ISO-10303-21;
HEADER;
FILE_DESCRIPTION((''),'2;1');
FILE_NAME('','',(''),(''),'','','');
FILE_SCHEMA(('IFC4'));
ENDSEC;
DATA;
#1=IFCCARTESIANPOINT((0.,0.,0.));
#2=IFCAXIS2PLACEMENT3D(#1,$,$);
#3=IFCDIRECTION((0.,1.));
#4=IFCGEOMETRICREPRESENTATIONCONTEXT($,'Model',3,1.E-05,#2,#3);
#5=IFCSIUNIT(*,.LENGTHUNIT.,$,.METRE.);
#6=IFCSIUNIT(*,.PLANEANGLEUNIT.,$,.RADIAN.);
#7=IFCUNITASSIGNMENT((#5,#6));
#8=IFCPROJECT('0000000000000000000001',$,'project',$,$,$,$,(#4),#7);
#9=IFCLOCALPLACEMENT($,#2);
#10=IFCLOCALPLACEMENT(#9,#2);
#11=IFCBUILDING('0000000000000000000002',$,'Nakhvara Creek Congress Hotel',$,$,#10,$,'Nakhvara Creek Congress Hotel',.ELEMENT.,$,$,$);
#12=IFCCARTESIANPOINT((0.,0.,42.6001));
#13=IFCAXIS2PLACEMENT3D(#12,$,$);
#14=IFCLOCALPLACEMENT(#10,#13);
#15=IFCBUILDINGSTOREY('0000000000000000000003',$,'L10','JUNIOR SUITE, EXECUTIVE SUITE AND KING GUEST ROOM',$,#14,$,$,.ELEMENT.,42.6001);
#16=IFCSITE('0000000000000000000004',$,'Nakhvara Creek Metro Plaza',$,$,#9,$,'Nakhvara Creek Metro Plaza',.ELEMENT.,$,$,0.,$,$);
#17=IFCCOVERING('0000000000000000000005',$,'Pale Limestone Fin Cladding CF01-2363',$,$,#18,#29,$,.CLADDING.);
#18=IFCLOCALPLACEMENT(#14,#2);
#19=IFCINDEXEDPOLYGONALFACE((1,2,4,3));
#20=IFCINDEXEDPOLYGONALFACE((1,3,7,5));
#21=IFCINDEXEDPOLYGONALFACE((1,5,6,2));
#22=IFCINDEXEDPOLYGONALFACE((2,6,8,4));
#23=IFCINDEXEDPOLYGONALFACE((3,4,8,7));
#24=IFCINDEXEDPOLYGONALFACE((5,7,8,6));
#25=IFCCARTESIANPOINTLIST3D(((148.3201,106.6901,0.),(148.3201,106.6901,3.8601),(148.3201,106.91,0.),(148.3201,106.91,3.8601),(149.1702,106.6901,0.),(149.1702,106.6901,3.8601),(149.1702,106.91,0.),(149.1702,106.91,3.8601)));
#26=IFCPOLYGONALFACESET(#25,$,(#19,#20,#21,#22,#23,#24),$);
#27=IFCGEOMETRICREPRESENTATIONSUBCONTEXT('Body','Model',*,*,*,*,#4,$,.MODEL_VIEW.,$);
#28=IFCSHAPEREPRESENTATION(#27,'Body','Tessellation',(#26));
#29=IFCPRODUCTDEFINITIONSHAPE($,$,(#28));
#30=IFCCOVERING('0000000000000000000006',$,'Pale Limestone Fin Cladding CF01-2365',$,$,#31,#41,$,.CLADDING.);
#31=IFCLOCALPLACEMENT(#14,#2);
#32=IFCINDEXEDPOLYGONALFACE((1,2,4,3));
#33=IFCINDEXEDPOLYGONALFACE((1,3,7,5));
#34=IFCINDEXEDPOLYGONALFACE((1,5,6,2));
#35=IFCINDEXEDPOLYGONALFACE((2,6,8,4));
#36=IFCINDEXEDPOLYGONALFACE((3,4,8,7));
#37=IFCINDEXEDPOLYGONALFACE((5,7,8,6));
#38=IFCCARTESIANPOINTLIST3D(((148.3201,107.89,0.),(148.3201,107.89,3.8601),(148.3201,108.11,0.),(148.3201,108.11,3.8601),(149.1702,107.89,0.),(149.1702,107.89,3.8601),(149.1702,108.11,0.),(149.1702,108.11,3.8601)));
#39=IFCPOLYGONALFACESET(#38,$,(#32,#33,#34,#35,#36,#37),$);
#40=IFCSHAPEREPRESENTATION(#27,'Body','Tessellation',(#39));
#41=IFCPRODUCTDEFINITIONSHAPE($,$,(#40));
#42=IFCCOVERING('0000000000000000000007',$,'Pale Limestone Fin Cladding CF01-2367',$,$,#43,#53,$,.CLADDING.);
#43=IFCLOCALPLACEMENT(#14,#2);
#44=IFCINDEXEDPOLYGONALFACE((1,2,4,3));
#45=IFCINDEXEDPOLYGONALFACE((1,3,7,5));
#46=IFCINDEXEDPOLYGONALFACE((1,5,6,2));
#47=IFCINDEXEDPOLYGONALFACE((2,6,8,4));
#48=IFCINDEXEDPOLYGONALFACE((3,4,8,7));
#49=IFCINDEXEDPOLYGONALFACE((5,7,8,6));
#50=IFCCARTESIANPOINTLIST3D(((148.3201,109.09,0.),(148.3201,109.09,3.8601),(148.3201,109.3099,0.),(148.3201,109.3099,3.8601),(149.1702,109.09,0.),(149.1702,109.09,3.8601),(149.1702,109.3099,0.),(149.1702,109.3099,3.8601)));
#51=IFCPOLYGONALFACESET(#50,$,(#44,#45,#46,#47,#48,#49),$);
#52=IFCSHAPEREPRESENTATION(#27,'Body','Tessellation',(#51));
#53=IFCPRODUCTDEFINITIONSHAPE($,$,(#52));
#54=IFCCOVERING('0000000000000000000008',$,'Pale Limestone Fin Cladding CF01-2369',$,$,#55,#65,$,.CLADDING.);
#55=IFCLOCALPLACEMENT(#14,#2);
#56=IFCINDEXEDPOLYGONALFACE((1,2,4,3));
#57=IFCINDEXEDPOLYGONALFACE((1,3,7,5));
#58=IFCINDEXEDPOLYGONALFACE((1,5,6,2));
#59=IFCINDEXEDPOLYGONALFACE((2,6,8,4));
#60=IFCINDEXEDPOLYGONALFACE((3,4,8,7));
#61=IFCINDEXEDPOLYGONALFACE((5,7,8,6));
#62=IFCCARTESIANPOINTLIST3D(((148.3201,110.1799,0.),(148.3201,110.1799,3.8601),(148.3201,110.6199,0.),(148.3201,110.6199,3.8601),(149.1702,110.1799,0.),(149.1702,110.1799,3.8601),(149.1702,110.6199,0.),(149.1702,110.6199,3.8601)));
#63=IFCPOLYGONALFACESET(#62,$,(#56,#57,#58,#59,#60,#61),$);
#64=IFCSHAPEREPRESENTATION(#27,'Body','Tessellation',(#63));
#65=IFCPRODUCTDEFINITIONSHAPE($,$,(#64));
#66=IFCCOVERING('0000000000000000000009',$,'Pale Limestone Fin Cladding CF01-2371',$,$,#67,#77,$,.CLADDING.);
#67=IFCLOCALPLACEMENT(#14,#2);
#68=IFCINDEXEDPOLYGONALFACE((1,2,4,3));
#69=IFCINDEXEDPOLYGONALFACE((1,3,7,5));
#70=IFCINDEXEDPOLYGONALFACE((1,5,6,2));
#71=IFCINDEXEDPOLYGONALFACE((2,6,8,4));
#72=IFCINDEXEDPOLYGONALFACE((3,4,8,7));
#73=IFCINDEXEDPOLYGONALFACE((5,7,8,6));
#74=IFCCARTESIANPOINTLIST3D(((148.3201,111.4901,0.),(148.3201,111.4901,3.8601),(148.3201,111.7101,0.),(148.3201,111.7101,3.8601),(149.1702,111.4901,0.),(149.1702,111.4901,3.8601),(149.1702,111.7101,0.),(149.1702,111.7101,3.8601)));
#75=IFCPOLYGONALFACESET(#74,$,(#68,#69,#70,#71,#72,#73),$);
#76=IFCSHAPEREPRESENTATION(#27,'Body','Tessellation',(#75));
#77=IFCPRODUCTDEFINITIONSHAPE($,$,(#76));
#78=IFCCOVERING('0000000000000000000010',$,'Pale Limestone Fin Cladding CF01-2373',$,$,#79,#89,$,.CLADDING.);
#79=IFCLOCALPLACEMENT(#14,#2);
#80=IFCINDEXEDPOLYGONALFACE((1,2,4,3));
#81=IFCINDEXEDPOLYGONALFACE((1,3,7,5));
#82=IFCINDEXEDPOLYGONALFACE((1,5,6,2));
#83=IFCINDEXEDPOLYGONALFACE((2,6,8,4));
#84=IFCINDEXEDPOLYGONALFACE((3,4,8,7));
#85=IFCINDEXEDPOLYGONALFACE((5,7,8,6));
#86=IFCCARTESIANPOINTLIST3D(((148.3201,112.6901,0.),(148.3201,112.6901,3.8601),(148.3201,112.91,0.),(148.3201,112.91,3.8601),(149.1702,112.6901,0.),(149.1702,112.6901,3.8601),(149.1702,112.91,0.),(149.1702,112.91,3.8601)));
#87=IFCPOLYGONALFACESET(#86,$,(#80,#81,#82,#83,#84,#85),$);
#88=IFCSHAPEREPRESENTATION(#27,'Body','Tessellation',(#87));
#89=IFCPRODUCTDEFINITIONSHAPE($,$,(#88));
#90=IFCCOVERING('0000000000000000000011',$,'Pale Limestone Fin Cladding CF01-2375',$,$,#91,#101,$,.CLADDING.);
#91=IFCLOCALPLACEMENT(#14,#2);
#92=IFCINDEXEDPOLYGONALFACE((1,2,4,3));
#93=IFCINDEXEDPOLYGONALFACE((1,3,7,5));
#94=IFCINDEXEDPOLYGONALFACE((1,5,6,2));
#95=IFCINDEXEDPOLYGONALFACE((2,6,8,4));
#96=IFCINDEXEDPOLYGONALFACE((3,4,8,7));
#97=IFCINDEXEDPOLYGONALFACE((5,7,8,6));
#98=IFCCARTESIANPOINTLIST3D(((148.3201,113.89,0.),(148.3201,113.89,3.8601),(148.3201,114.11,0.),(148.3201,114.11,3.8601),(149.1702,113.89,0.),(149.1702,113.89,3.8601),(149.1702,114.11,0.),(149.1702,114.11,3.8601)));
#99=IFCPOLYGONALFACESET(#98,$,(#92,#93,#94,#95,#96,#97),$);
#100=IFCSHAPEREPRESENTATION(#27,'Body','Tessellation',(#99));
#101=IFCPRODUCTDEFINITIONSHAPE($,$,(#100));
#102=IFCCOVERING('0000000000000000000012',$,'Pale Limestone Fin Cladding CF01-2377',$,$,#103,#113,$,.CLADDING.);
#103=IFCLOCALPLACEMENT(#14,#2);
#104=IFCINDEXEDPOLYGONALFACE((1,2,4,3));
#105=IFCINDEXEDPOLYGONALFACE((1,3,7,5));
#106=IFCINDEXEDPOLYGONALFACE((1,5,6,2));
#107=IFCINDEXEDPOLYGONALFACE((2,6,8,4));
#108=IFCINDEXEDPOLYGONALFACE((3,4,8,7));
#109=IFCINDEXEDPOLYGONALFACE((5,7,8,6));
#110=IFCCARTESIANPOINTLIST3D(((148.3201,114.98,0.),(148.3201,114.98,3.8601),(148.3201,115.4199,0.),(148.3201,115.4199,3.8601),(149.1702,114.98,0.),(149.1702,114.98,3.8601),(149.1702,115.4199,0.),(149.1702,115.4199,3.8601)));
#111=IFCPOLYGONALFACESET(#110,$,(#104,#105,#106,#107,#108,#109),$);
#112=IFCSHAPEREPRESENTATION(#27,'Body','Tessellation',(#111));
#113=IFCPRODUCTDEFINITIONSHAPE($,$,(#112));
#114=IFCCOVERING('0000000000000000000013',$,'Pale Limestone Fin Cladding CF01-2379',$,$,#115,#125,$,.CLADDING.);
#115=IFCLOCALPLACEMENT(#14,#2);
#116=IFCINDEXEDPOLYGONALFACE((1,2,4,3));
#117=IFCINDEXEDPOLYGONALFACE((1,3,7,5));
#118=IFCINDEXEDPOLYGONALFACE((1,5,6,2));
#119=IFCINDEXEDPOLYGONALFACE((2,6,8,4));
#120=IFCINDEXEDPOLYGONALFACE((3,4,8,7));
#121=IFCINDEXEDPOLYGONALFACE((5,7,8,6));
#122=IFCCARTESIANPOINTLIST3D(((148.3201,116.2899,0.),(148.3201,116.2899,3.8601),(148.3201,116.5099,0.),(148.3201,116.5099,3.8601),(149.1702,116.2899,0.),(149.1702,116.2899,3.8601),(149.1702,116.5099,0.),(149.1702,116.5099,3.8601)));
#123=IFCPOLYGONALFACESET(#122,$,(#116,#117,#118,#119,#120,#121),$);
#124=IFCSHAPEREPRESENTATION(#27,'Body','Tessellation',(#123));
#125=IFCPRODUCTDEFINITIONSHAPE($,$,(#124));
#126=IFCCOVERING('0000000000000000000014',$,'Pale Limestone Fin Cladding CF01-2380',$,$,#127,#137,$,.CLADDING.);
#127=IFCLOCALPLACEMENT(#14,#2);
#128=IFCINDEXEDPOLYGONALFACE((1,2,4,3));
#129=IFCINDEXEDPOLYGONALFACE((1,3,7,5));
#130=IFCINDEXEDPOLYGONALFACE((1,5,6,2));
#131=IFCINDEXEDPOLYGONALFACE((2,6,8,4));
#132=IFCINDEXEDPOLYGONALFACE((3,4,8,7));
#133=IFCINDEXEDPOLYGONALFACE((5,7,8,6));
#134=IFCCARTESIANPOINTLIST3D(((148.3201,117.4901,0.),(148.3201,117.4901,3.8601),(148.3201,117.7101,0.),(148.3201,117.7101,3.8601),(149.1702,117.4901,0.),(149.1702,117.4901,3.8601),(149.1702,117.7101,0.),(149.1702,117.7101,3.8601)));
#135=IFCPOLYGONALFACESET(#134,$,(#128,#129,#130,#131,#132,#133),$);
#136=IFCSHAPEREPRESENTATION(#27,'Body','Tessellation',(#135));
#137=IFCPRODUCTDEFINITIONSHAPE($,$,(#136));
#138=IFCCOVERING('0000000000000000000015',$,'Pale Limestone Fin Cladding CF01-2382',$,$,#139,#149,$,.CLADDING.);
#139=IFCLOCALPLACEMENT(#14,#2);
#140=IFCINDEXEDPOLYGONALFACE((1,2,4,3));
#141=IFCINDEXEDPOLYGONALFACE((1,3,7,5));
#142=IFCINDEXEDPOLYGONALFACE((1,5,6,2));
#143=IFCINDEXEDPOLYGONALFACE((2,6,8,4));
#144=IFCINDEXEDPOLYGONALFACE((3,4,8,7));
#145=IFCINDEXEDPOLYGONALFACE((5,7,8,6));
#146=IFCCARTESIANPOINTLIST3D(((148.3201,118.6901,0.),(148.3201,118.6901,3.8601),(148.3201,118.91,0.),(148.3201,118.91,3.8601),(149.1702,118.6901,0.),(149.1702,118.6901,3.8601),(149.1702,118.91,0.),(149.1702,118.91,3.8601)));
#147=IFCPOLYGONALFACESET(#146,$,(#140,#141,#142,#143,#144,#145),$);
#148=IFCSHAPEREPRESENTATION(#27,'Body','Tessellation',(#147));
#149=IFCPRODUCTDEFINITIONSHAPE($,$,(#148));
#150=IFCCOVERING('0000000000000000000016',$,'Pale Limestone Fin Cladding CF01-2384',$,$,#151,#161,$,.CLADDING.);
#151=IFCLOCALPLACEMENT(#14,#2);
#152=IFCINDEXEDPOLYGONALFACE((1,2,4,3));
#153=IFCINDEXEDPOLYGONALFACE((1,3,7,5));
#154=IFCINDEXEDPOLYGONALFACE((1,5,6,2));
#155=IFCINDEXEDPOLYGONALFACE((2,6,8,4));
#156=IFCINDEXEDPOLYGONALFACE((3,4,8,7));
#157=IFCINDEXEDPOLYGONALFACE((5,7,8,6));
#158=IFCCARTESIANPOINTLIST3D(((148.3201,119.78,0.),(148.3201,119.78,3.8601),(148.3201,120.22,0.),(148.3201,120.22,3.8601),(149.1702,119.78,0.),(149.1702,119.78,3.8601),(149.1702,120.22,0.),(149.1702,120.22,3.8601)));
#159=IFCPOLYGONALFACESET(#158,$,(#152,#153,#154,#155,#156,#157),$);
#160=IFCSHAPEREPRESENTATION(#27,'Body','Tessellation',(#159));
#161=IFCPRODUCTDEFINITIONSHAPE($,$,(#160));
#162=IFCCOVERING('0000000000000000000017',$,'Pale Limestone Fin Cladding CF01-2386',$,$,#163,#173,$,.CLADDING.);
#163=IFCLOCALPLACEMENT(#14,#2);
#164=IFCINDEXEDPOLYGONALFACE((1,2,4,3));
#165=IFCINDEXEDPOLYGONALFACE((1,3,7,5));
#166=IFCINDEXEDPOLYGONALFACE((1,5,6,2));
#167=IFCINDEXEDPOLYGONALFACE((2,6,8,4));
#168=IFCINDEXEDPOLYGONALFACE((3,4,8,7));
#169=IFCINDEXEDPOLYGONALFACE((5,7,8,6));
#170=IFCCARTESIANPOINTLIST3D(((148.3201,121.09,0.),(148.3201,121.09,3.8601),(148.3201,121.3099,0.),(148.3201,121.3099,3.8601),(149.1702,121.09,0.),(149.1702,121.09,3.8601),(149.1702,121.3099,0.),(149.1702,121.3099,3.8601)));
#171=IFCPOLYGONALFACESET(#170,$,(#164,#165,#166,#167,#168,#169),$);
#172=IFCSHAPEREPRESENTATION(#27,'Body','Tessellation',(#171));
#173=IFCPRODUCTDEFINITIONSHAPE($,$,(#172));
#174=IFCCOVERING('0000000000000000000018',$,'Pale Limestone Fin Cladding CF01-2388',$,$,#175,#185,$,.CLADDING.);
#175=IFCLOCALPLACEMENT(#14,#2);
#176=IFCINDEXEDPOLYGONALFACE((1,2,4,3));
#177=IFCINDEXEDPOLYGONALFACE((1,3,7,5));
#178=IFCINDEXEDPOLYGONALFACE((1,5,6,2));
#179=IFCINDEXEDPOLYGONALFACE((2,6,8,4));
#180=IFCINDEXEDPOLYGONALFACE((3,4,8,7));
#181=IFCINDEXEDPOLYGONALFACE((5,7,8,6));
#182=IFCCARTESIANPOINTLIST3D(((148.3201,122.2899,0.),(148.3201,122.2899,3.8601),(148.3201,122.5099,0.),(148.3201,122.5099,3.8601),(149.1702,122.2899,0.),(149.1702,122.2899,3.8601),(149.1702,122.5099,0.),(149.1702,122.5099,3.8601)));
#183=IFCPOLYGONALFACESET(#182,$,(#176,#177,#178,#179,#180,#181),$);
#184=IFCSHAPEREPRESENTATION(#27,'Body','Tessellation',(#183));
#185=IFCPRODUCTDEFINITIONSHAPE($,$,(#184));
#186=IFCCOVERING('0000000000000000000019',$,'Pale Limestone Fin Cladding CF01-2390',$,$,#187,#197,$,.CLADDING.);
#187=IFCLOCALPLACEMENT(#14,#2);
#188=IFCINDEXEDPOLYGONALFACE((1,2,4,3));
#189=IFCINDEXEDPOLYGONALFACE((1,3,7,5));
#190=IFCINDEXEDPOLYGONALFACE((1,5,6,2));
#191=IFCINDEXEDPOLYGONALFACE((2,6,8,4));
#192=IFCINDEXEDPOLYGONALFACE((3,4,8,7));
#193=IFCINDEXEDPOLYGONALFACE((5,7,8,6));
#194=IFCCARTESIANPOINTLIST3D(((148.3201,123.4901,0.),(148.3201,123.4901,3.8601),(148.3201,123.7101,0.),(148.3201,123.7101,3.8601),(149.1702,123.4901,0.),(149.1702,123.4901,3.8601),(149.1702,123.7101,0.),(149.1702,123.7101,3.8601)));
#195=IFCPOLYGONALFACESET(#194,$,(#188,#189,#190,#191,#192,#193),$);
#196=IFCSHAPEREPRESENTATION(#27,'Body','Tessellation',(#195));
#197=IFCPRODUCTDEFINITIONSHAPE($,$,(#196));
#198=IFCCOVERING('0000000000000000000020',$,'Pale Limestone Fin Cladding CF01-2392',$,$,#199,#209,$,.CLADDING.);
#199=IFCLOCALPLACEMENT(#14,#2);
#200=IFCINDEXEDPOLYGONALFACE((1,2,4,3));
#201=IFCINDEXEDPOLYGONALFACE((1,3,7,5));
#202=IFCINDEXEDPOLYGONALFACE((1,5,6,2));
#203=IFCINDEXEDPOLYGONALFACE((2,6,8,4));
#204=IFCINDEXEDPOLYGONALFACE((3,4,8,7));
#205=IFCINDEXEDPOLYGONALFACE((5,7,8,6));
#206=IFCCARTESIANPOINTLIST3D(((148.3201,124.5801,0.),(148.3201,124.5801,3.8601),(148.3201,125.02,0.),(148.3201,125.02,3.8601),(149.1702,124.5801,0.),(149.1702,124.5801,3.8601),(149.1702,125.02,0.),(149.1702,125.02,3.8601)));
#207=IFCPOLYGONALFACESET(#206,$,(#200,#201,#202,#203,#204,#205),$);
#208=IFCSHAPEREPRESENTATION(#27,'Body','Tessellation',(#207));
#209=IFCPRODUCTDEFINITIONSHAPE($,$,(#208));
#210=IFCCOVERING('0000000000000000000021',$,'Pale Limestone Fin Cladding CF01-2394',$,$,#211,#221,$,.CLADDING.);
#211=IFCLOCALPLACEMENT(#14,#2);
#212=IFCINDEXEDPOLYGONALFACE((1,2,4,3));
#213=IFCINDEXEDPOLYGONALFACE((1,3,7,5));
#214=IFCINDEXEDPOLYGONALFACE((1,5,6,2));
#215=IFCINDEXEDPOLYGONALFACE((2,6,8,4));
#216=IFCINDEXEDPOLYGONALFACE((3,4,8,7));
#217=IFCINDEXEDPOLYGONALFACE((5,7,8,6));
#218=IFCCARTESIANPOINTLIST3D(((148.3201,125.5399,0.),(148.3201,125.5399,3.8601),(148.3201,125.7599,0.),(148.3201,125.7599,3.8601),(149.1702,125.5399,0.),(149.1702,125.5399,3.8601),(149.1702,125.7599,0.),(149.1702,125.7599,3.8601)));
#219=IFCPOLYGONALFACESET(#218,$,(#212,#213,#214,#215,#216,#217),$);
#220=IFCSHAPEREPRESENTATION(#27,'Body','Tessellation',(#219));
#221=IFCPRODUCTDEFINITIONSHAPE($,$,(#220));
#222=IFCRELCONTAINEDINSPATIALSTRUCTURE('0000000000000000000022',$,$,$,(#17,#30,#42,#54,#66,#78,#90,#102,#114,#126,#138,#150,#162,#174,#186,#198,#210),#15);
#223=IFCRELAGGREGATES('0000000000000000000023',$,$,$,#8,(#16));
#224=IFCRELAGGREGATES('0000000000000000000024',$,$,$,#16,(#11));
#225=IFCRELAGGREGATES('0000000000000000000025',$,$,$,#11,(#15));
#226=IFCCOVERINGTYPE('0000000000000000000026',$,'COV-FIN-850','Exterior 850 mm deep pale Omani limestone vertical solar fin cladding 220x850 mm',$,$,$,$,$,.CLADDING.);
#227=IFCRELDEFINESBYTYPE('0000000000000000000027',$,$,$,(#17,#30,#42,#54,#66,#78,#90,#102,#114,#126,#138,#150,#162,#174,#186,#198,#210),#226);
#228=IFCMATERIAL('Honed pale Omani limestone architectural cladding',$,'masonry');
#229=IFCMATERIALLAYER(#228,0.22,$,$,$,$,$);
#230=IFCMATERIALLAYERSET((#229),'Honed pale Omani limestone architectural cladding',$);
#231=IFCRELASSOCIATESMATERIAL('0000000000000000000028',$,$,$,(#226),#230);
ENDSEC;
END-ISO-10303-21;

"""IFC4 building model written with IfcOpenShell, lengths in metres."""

from ifc_helpers import new_model, si_unit, direction, frame, origin, origin_2d, place, context, subcontext, project, spatial, rectangle, extrude, material, layer, layer_set, type_object, element, save


model = new_model("IFC4")

# Units and contexts
model_context = context("Model", 3, precision=1e-05, world=origin(), true_north=direction((0.0, 1.0)))
body_context = subcontext(model_context, "Body", "Model", "MODEL_VIEW")
ifc_project = project(units=[si_unit("LENGTHUNIT", "METRE"), si_unit("PLANEANGLEUNIT", "RADIAN")], contexts=[model_context])

# Site, building, storey
site_placement = place(None, origin())
site = spatial("IfcSite", under=ifc_project, at=site_placement, Name="Nakhvara Creek Metro Plaza", LongName="Nakhvara Creek Metro Plaza", CompositionType="ELEMENT", RefElevation=0.0)
building_placement = place(site_placement, origin())
building = spatial("IfcBuilding", under=site, at=building_placement, Name="Nakhvara Creek Congress Hotel", LongName="Nakhvara Creek Congress Hotel", CompositionType="ELEMENT")
storey_placement = place(building_placement, frame((0.0, 0.0, 42.6001)))
storey = spatial("IfcBuildingStorey", under=building, at=storey_placement, Name="L10", Description="JUNIOR SUITE, EXECUTIVE SUITE AND KING GUEST ROOM", CompositionType="ELEMENT", Elevation=42.6001)

# Coverings
ifc_material_1 = material(Name="Honed pale Omani limestone architectural cladding", Category="masonry")
ifc_layer = layer(ifc_material_1, 0.22)
ifc_layer_set = layer_set([ifc_layer], Name="Honed pale Omani limestone architectural cladding")
covering_type = type_object("IfcCoveringType", Name="COV-FIN-850", Description="Exterior 850 mm deep pale Omani limestone vertical solar fin cladding 220x850 mm", PredefinedType="CLADDING", material=ifc_layer_set)
for number, where, z_axis, x_axis, name in (
    (1, (148.7451, 106.8, 0.0), (0.0, 0.0, 1.0), (0.0, 1.0, 0.0), "Pale Limestone Fin Cladding CF01-2363"),
    (2, (148.7451, 108.0, 0.0), (0.0, 0.0, 1.0), (0.0, 1.0, 0.0), "Pale Limestone Fin Cladding CF01-2365"),
    (3, (148.7451, 109.2, 0.0), (0.0, 0.0, 1.0), (0.0, 1.0, 0.0), "Pale Limestone Fin Cladding CF01-2367"),
):
    element("IfcCovering", number, at=place(storey_placement, frame(where, z_axis=z_axis, x_axis=x_axis)), inside=storey, type_object=covering_type, Name=name, PredefinedType="CLADDING", context=body_context, shape_type="SweptSolid", body=[
        extrude(rectangle(XDim=0.22, YDim=0.8501, at=origin_2d()), origin(), (0.0, 0.0, 1.0), 3.8601),
    ])
covering_1_placement = place(storey_placement, frame((148.7451, 110.3999, 0.0), z_axis=(0.0, 0.0, 1.0), x_axis=(0.0, 1.0, 0.0)))
element("IfcCovering", 4, at=covering_1_placement, inside=storey, type_object=covering_type, Name="Pale Limestone Fin Cladding CF01-2369", PredefinedType="CLADDING", context=body_context, shape_type="SweptSolid", body=[
    extrude(rectangle(XDim=0.4399, YDim=0.8501, at=origin_2d()), origin(), (0.0, 0.0, 1.0), 3.8601),
])
for number, where, z_axis, x_axis, name in (
    (5, (148.7451, 111.6001, 0.0), (0.0, 0.0, 1.0), (0.0, 1.0, 0.0), "Pale Limestone Fin Cladding CF01-2371"),
    (6, (148.7451, 112.8, 0.0), (0.0, 0.0, 1.0), (0.0, 1.0, 0.0), "Pale Limestone Fin Cladding CF01-2373"),
    (7, (148.7451, 114.0, 0.0), (0.0, 0.0, 1.0), (0.0, 1.0, 0.0), "Pale Limestone Fin Cladding CF01-2375"),
):
    element("IfcCovering", number, at=place(storey_placement, frame(where, z_axis=z_axis, x_axis=x_axis)), inside=storey, type_object=covering_type, Name=name, PredefinedType="CLADDING", context=body_context, shape_type="SweptSolid", body=[
        extrude(rectangle(XDim=0.22, YDim=0.8501, at=origin_2d()), origin(), (0.0, 0.0, 1.0), 3.8601),
    ])
covering_2_placement = place(storey_placement, frame((148.7451, 115.2, 0.0), z_axis=(0.0, 0.0, 1.0), x_axis=(0.0, 1.0, 0.0)))
element("IfcCovering", 8, at=covering_2_placement, inside=storey, type_object=covering_type, Name="Pale Limestone Fin Cladding CF01-2377", PredefinedType="CLADDING", context=body_context, shape_type="SweptSolid", body=[
    extrude(rectangle(XDim=0.4399, YDim=0.8501, at=origin_2d()), origin(), (0.0, 0.0, 1.0), 3.8601),
])
for number, where, z_axis, x_axis, name in (
    (9, (148.7451, 116.3999, 0.0), (0.0, 0.0, 1.0), (0.0, 1.0, 0.0), "Pale Limestone Fin Cladding CF01-2379"),
    (10, (148.7451, 117.6001, 0.0), (0.0, 0.0, 1.0), (0.0, 1.0, 0.0), "Pale Limestone Fin Cladding CF01-2380"),
    (11, (148.7451, 118.8, 0.0), (0.0, 0.0, 1.0), (0.0, 1.0, 0.0), "Pale Limestone Fin Cladding CF01-2382"),
):
    element("IfcCovering", number, at=place(storey_placement, frame(where, z_axis=z_axis, x_axis=x_axis)), inside=storey, type_object=covering_type, Name=name, PredefinedType="CLADDING", context=body_context, shape_type="SweptSolid", body=[
        extrude(rectangle(XDim=0.22, YDim=0.8501, at=origin_2d()), origin(), (0.0, 0.0, 1.0), 3.8601),
    ])
covering_3_placement = place(storey_placement, frame((148.7451, 120.0, 0.0), z_axis=(0.0, 0.0, 1.0), x_axis=(0.0, 1.0, 0.0)))
element("IfcCovering", 12, at=covering_3_placement, inside=storey, type_object=covering_type, Name="Pale Limestone Fin Cladding CF01-2384", PredefinedType="CLADDING", context=body_context, shape_type="SweptSolid", body=[
    extrude(rectangle(XDim=0.4399, YDim=0.8501, at=origin_2d()), origin(), (0.0, 0.0, 1.0), 3.8601),
])
for number, where, z_axis, x_axis, name in (
    (13, (148.7451, 121.2, 0.0), (0.0, 0.0, 1.0), (0.0, 1.0, 0.0), "Pale Limestone Fin Cladding CF01-2386"),
    (14, (148.7451, 122.3999, 0.0), (0.0, 0.0, 1.0), (0.0, 1.0, 0.0), "Pale Limestone Fin Cladding CF01-2388"),
    (15, (148.7451, 123.6001, 0.0), (0.0, 0.0, 1.0), (0.0, 1.0, 0.0), "Pale Limestone Fin Cladding CF01-2390"),
):
    element("IfcCovering", number, at=place(storey_placement, frame(where, z_axis=z_axis, x_axis=x_axis)), inside=storey, type_object=covering_type, Name=name, PredefinedType="CLADDING", context=body_context, shape_type="SweptSolid", body=[
        extrude(rectangle(XDim=0.22, YDim=0.8501, at=origin_2d()), origin(), (0.0, 0.0, 1.0), 3.8601),
    ])
covering_4_placement = place(storey_placement, frame((148.7451, 124.8, 0.0), z_axis=(0.0, 0.0, 1.0), x_axis=(0.0, 1.0, 0.0)))
element("IfcCovering", 16, at=covering_4_placement, inside=storey, type_object=covering_type, Name="Pale Limestone Fin Cladding CF01-2392", PredefinedType="CLADDING", context=body_context, shape_type="SweptSolid", body=[
    extrude(rectangle(XDim=0.4399, YDim=0.8501, at=origin_2d()), origin(), (0.0, 0.0, 1.0), 3.8601),
])
covering_5_placement = place(storey_placement, frame((148.7451, 125.6499, 0.0), z_axis=(0.0, 0.0, 1.0), x_axis=(0.0, 1.0, 0.0)))
element("IfcCovering", 17, at=covering_5_placement, inside=storey, type_object=covering_type, Name="Pale Limestone Fin Cladding CF01-2394", PredefinedType="CLADDING", context=body_context, shape_type="SweptSolid", body=[
    extrude(rectangle(XDim=0.22, YDim=0.8501, at=origin_2d()), origin(), (0.0, 0.0, 1.0), 3.8601),
])

save(model, "model.ifc")
